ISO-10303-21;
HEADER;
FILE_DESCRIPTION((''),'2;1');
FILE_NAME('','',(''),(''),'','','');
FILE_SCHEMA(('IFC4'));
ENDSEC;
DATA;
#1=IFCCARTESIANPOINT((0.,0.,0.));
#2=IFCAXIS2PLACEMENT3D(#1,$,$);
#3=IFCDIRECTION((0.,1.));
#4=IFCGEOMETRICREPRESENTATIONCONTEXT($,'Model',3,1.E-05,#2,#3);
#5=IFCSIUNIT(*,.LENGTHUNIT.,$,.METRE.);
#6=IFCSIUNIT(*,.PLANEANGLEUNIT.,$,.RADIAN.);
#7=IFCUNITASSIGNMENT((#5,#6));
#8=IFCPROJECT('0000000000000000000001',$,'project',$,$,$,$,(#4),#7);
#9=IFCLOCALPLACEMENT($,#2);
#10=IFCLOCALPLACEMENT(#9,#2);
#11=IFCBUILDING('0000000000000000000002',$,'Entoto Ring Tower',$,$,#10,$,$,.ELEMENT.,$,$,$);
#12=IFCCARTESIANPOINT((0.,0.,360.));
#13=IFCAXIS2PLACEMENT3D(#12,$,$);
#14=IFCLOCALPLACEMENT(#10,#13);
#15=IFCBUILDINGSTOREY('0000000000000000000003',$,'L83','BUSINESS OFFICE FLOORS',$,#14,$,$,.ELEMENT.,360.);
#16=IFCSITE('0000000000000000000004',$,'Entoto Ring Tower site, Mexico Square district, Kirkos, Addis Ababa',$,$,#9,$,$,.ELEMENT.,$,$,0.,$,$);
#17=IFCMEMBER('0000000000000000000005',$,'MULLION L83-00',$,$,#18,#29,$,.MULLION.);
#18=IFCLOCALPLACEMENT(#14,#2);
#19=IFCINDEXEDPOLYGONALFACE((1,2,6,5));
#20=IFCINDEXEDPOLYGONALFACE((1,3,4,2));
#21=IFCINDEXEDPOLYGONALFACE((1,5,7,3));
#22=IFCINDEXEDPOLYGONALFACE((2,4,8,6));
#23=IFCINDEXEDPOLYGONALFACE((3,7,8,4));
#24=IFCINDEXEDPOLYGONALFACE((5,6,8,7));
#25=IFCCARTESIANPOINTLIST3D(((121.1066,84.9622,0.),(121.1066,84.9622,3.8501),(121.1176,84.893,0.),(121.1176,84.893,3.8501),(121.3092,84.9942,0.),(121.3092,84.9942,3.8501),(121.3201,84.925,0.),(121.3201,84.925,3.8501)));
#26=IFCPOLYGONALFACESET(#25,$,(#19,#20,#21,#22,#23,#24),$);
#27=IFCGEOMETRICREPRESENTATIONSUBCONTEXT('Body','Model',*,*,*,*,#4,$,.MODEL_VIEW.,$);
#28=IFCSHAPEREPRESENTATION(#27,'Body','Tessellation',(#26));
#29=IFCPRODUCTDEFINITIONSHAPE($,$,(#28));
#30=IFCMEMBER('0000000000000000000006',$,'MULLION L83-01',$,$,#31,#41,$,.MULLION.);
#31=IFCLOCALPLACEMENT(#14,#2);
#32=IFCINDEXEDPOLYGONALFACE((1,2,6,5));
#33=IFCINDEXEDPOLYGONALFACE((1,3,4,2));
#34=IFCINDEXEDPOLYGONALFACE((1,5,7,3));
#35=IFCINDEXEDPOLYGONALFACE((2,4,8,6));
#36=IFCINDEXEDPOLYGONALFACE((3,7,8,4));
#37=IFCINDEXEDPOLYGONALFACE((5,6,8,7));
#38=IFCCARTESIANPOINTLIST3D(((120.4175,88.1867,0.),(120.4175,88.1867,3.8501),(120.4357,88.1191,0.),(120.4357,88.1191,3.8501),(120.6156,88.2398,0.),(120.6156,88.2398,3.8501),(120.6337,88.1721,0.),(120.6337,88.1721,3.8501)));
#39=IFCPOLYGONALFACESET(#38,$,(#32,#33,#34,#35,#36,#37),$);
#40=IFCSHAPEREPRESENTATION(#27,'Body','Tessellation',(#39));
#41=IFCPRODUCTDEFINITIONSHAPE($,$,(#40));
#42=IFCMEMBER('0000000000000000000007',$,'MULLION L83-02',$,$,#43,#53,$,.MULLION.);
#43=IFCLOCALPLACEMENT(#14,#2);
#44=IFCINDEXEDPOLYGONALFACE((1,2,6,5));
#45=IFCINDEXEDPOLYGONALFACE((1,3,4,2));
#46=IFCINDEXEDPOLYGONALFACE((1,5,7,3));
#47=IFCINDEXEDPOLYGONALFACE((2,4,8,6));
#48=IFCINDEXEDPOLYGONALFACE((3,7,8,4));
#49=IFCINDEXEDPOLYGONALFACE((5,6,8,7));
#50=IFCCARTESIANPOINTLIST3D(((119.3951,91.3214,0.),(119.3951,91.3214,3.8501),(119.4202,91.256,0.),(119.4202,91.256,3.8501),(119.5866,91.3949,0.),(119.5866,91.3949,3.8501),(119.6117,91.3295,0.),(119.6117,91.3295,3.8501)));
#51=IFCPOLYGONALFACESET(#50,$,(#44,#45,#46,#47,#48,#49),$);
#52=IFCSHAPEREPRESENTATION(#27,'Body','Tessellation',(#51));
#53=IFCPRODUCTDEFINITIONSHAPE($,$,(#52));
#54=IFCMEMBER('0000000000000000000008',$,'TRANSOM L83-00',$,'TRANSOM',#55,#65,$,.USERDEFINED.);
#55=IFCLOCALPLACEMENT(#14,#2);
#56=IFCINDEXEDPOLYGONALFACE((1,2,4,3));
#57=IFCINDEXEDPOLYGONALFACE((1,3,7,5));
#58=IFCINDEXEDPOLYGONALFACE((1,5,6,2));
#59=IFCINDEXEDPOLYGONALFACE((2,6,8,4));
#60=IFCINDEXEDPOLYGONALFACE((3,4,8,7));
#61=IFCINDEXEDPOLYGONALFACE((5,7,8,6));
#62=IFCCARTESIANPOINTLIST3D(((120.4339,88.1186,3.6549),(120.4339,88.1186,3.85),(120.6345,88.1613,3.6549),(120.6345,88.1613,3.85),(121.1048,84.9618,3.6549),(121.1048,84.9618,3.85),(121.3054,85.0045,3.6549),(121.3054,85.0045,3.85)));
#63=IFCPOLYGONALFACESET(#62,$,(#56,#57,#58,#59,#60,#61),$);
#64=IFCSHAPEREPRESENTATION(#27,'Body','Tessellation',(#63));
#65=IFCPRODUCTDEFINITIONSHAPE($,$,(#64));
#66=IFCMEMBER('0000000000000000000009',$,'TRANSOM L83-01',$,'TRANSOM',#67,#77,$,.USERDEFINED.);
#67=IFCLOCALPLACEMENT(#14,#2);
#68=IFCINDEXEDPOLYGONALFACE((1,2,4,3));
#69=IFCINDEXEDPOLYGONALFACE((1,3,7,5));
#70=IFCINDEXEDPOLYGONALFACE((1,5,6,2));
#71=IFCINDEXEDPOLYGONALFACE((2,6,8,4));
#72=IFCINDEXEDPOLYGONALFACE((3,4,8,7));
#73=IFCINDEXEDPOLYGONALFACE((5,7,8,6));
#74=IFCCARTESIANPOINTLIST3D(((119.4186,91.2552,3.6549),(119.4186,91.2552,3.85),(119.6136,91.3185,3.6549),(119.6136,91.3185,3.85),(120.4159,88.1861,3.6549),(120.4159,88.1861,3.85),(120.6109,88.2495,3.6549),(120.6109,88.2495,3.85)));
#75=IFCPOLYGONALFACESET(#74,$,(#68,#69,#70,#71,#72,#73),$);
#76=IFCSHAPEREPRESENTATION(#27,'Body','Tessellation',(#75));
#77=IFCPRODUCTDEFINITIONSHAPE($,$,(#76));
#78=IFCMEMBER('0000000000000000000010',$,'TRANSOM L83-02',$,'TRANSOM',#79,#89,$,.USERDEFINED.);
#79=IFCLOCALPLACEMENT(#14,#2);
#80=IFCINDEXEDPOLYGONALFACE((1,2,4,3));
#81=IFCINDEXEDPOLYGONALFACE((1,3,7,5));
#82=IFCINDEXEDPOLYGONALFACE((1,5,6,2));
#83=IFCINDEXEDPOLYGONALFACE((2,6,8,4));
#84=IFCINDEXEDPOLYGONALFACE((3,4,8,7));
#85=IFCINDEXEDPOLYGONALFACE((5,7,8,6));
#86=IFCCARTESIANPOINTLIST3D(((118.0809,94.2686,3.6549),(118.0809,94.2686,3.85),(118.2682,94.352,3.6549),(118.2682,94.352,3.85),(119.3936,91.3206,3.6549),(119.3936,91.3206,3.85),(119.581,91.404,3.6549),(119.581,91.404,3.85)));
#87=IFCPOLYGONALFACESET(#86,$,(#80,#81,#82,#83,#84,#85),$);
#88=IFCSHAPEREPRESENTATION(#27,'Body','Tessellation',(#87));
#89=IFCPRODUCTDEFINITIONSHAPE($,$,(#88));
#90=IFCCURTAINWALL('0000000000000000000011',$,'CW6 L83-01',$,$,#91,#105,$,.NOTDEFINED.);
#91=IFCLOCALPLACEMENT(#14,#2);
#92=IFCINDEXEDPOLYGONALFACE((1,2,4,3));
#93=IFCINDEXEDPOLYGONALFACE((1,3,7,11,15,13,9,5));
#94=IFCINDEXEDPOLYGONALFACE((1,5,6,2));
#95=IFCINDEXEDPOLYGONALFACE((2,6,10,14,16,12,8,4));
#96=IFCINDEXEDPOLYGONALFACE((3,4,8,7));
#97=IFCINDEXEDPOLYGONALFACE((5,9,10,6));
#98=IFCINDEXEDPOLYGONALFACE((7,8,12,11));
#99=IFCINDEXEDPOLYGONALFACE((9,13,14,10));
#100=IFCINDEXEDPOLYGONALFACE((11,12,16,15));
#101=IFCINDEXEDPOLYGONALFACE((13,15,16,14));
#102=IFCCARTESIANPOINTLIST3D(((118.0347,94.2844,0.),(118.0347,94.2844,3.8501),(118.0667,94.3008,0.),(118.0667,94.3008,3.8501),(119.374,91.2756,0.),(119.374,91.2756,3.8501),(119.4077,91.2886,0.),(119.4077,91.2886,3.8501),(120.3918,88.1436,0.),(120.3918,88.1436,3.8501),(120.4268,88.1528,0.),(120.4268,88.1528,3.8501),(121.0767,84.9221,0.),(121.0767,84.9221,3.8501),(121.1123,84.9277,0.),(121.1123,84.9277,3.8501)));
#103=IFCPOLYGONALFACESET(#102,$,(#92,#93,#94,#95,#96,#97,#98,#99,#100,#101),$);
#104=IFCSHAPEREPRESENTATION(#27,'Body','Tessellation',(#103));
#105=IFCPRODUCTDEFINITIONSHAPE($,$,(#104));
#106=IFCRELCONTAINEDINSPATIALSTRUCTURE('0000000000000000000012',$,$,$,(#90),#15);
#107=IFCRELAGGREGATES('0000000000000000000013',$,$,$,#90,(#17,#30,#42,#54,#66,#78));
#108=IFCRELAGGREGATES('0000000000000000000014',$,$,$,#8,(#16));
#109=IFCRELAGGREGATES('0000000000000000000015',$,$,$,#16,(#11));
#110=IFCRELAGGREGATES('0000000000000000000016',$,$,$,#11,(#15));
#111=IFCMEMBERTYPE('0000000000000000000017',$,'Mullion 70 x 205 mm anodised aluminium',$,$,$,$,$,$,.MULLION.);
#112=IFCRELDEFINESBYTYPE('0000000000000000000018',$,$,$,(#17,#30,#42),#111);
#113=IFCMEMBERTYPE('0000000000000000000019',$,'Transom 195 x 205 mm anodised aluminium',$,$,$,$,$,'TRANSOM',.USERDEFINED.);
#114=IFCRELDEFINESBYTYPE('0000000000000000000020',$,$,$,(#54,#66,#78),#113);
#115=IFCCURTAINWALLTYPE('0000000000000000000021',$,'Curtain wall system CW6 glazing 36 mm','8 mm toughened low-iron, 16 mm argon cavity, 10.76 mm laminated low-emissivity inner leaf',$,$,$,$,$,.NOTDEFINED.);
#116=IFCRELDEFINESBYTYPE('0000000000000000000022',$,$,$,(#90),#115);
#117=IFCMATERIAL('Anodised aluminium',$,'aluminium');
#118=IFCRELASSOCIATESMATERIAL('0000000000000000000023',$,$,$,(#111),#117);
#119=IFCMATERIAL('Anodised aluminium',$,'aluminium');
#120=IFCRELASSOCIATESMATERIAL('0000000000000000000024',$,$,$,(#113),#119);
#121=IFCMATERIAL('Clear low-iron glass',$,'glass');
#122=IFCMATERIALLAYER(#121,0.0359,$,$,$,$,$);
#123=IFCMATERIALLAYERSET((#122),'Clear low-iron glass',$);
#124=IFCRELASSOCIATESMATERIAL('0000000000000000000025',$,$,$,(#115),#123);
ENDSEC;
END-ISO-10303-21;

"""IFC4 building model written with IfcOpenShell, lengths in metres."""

from ifc_helpers import new_model, si_unit, direction, frame, origin, origin_2d, place, context, subcontext, project, spatial, polyline, rectangle, outline, extrude, material, layer, layer_set, material_profile, profile_set, type_object, element, aggregate, save


model = new_model("IFC4")

# Units and contexts
model_context = context("Model", 3, precision=1e-05, world=origin(), true_north=direction((0.0, 1.0)))
body_context = subcontext(model_context, "Body", "Model", "MODEL_VIEW")
ifc_project = project(units=[si_unit("LENGTHUNIT", "METRE"), si_unit("PLANEANGLEUNIT", "RADIAN")], contexts=[model_context])

# Members
ifc_material_1 = material(Name="Anodised aluminium", Category="aluminium")
ifc_material_profile_1 = material_profile(ifc_material_1, rectangle(XDim=0.0701, YDim=0.2051, at=origin_2d()), Name="Mullion 70 x 205 mm anodised aluminium")
ifc_profile_set_1 = profile_set([ifc_material_profile_1], Name="Anodised aluminium")
member_type_1 = type_object("IfcMemberType", Name="Mullion 70 x 205 mm anodised aluminium", PredefinedType="MULLION", material=ifc_profile_set_1)
site_placement = place(None, origin())
building_placement = place(site_placement, origin())
storey_placement = place(building_placement, frame((0.0, 0.0, 360.0)))
member_1_placement = place(storey_placement, frame((121.2134, 84.9436, 0.0), z_axis=(0.0, 0.0, 1.0), x_axis=(-0.156434, 0.987688, 0.0)))
member_1 = element("IfcMember", 1, at=member_1_placement, type_object=member_type_1, Name="MULLION L83-00", PredefinedType="MULLION", context=body_context, shape_type="SweptSolid", body=[
    extrude(rectangle(XDim=0.0701, YDim=0.2051, at=origin_2d()), origin(), (0.0, 0.0, 1.0), 3.8501),
])
member_2_placement = place(storey_placement, frame((120.5256, 88.1794, 0.0), z_axis=(0.0, 0.0, 1.0), x_axis=(-0.258819, 0.965926, 0.0)))
member_2 = element("IfcMember", 2, at=member_2_placement, type_object=member_type_1, Name="MULLION L83-01", PredefinedType="MULLION", context=body_context, shape_type="SweptSolid", body=[
    extrude(rectangle(XDim=0.0701, YDim=0.2051, at=origin_2d()), origin(), (0.0, 0.0, 1.0), 3.8501),
])
member_3_placement = place(storey_placement, frame((119.5034, 91.3254, 0.0), z_axis=(0.0, 0.0, 1.0), x_axis=(-0.358368, 0.93358, 0.0)))
member_3 = element("IfcMember", 3, at=member_3_placement, type_object=member_type_1, Name="MULLION L83-02", PredefinedType="MULLION", context=body_context, shape_type="SweptSolid", body=[
    extrude(rectangle(XDim=0.0701, YDim=0.2051, at=origin_2d()), origin(), (0.0, 0.0, 1.0), 3.8501),
])
ifc_material_2 = material(Name="Anodised aluminium", Category="aluminium")
ifc_material_profile_2 = material_profile(ifc_material_2, rectangle(XDim=0.2051, YDim=0.1951, at=origin_2d()), Name="Transom 195 x 205 mm anodised aluminium")
ifc_profile_set_2 = profile_set([ifc_material_profile_2], Name="Anodised aluminium")
member_type_2 = type_object("IfcMemberType", Name="Transom 195 x 205 mm anodised aluminium", ElementType="TRANSOM", PredefinedType="USERDEFINED", material=ifc_profile_set_2)
member_4_placement = place(storey_placement, frame((121.2051, 84.9832, 3.7524), z_axis=(-0.207886, 0.978153, 0.0), x_axis=(-0.978153, -0.207886, 0.0)))
member_4 = element("IfcMember", 4, at=member_4_placement, type_object=member_type_2, Name="TRANSOM L83-00", ObjectType="TRANSOM", PredefinedType="USERDEFINED", context=body_context, shape_type="SweptSolid", body=[
    extrude(rectangle(XDim=0.2051, YDim=0.1951, at=origin_2d()), origin(), (0.0, 0.0, 1.0), 3.2273),
])
member_5_placement = place(storey_placement, frame((120.5134, 88.2178, 3.7524), z_axis=(-0.309047, 0.951047, 0.0), x_axis=(-0.951047, -0.309047, 0.0)))
member_5 = element("IfcMember", 5, at=member_5_placement, type_object=member_type_2, Name="TRANSOM L83-01", ObjectType="TRANSOM", PredefinedType="USERDEFINED", context=body_context, shape_type="SweptSolid", body=[
    extrude(rectangle(XDim=0.2051, YDim=0.1951, at=origin_2d()), origin(), (0.0, 0.0, 1.0), 3.2271),
])
member_6_placement = place(storey_placement, frame((119.4873, 91.3623, 3.7524), z_axis=(-0.406791, 0.913521, 0.0), x_axis=(-0.913521, -0.406791, 0.0)))
member_6 = element("IfcMember", 6, at=member_6_placement, type_object=member_type_2, Name="TRANSOM L83-02", ObjectType="TRANSOM", PredefinedType="USERDEFINED", context=body_context, shape_type="SweptSolid", body=[
    extrude(rectangle(XDim=0.2051, YDim=0.1951, at=origin_2d()), origin(), (0.0, 0.0, 1.0), 3.2271),
])

# Site, building, storey
site = spatial("IfcSite", under=ifc_project, at=site_placement, Name="Entoto Ring Tower site, Mexico Square district, Kirkos, Addis Ababa", CompositionType="ELEMENT", RefElevation=0.0)
building = spatial("IfcBuilding", under=site, at=building_placement, Name="Entoto Ring Tower", CompositionType="ELEMENT")
storey = spatial("IfcBuildingStorey", under=building, at=storey_placement, Name="L83", Description="BUSINESS OFFICE FLOORS", CompositionType="ELEMENT", Elevation=360.0)

# Curtain wall
ifc_material_3 = material(Name="Clear low-iron glass", Category="glass")
ifc_layer_1 = layer(ifc_material_3, 0.0359)
ifc_layer_set_1 = layer_set([ifc_layer_1], Name="Clear low-iron glass")
curtain_wall_type = type_object("IfcCurtainWallType", Name="Curtain wall system CW6 glazing 36 mm", Description="8 mm toughened low-iron, 16 mm argon cavity, 10.76 mm laminated low-emissivity inner leaf", PredefinedType="NOTDEFINED", material=ifc_layer_set_1)
curtain_wall_1_placement = place(storey_placement, origin())
curtain_wall_1 = element("IfcCurtainWall", 7, at=curtain_wall_1_placement, inside=storey, type_object=curtain_wall_type, Name="CW6 L83-01", PredefinedType="NOTDEFINED", context=body_context, shape_type="SweptSolid", body=[
    extrude(outline(polyline([(121.1123, 84.9277), (120.4268, 88.1528), (119.4077, 91.2886), (118.0667, 94.3008), (118.0347, 94.2844), (119.374, 91.2756), (120.3918, 88.1436), (121.0767, 84.9221), (121.1123, 84.9277)])), origin(), (0.0, 0.0, 1.0), 3.8501),
])
aggregate(curtain_wall_1, [member_1, member_2, member_3, member_4, member_5, member_6])

save(model, "model.ifc")
